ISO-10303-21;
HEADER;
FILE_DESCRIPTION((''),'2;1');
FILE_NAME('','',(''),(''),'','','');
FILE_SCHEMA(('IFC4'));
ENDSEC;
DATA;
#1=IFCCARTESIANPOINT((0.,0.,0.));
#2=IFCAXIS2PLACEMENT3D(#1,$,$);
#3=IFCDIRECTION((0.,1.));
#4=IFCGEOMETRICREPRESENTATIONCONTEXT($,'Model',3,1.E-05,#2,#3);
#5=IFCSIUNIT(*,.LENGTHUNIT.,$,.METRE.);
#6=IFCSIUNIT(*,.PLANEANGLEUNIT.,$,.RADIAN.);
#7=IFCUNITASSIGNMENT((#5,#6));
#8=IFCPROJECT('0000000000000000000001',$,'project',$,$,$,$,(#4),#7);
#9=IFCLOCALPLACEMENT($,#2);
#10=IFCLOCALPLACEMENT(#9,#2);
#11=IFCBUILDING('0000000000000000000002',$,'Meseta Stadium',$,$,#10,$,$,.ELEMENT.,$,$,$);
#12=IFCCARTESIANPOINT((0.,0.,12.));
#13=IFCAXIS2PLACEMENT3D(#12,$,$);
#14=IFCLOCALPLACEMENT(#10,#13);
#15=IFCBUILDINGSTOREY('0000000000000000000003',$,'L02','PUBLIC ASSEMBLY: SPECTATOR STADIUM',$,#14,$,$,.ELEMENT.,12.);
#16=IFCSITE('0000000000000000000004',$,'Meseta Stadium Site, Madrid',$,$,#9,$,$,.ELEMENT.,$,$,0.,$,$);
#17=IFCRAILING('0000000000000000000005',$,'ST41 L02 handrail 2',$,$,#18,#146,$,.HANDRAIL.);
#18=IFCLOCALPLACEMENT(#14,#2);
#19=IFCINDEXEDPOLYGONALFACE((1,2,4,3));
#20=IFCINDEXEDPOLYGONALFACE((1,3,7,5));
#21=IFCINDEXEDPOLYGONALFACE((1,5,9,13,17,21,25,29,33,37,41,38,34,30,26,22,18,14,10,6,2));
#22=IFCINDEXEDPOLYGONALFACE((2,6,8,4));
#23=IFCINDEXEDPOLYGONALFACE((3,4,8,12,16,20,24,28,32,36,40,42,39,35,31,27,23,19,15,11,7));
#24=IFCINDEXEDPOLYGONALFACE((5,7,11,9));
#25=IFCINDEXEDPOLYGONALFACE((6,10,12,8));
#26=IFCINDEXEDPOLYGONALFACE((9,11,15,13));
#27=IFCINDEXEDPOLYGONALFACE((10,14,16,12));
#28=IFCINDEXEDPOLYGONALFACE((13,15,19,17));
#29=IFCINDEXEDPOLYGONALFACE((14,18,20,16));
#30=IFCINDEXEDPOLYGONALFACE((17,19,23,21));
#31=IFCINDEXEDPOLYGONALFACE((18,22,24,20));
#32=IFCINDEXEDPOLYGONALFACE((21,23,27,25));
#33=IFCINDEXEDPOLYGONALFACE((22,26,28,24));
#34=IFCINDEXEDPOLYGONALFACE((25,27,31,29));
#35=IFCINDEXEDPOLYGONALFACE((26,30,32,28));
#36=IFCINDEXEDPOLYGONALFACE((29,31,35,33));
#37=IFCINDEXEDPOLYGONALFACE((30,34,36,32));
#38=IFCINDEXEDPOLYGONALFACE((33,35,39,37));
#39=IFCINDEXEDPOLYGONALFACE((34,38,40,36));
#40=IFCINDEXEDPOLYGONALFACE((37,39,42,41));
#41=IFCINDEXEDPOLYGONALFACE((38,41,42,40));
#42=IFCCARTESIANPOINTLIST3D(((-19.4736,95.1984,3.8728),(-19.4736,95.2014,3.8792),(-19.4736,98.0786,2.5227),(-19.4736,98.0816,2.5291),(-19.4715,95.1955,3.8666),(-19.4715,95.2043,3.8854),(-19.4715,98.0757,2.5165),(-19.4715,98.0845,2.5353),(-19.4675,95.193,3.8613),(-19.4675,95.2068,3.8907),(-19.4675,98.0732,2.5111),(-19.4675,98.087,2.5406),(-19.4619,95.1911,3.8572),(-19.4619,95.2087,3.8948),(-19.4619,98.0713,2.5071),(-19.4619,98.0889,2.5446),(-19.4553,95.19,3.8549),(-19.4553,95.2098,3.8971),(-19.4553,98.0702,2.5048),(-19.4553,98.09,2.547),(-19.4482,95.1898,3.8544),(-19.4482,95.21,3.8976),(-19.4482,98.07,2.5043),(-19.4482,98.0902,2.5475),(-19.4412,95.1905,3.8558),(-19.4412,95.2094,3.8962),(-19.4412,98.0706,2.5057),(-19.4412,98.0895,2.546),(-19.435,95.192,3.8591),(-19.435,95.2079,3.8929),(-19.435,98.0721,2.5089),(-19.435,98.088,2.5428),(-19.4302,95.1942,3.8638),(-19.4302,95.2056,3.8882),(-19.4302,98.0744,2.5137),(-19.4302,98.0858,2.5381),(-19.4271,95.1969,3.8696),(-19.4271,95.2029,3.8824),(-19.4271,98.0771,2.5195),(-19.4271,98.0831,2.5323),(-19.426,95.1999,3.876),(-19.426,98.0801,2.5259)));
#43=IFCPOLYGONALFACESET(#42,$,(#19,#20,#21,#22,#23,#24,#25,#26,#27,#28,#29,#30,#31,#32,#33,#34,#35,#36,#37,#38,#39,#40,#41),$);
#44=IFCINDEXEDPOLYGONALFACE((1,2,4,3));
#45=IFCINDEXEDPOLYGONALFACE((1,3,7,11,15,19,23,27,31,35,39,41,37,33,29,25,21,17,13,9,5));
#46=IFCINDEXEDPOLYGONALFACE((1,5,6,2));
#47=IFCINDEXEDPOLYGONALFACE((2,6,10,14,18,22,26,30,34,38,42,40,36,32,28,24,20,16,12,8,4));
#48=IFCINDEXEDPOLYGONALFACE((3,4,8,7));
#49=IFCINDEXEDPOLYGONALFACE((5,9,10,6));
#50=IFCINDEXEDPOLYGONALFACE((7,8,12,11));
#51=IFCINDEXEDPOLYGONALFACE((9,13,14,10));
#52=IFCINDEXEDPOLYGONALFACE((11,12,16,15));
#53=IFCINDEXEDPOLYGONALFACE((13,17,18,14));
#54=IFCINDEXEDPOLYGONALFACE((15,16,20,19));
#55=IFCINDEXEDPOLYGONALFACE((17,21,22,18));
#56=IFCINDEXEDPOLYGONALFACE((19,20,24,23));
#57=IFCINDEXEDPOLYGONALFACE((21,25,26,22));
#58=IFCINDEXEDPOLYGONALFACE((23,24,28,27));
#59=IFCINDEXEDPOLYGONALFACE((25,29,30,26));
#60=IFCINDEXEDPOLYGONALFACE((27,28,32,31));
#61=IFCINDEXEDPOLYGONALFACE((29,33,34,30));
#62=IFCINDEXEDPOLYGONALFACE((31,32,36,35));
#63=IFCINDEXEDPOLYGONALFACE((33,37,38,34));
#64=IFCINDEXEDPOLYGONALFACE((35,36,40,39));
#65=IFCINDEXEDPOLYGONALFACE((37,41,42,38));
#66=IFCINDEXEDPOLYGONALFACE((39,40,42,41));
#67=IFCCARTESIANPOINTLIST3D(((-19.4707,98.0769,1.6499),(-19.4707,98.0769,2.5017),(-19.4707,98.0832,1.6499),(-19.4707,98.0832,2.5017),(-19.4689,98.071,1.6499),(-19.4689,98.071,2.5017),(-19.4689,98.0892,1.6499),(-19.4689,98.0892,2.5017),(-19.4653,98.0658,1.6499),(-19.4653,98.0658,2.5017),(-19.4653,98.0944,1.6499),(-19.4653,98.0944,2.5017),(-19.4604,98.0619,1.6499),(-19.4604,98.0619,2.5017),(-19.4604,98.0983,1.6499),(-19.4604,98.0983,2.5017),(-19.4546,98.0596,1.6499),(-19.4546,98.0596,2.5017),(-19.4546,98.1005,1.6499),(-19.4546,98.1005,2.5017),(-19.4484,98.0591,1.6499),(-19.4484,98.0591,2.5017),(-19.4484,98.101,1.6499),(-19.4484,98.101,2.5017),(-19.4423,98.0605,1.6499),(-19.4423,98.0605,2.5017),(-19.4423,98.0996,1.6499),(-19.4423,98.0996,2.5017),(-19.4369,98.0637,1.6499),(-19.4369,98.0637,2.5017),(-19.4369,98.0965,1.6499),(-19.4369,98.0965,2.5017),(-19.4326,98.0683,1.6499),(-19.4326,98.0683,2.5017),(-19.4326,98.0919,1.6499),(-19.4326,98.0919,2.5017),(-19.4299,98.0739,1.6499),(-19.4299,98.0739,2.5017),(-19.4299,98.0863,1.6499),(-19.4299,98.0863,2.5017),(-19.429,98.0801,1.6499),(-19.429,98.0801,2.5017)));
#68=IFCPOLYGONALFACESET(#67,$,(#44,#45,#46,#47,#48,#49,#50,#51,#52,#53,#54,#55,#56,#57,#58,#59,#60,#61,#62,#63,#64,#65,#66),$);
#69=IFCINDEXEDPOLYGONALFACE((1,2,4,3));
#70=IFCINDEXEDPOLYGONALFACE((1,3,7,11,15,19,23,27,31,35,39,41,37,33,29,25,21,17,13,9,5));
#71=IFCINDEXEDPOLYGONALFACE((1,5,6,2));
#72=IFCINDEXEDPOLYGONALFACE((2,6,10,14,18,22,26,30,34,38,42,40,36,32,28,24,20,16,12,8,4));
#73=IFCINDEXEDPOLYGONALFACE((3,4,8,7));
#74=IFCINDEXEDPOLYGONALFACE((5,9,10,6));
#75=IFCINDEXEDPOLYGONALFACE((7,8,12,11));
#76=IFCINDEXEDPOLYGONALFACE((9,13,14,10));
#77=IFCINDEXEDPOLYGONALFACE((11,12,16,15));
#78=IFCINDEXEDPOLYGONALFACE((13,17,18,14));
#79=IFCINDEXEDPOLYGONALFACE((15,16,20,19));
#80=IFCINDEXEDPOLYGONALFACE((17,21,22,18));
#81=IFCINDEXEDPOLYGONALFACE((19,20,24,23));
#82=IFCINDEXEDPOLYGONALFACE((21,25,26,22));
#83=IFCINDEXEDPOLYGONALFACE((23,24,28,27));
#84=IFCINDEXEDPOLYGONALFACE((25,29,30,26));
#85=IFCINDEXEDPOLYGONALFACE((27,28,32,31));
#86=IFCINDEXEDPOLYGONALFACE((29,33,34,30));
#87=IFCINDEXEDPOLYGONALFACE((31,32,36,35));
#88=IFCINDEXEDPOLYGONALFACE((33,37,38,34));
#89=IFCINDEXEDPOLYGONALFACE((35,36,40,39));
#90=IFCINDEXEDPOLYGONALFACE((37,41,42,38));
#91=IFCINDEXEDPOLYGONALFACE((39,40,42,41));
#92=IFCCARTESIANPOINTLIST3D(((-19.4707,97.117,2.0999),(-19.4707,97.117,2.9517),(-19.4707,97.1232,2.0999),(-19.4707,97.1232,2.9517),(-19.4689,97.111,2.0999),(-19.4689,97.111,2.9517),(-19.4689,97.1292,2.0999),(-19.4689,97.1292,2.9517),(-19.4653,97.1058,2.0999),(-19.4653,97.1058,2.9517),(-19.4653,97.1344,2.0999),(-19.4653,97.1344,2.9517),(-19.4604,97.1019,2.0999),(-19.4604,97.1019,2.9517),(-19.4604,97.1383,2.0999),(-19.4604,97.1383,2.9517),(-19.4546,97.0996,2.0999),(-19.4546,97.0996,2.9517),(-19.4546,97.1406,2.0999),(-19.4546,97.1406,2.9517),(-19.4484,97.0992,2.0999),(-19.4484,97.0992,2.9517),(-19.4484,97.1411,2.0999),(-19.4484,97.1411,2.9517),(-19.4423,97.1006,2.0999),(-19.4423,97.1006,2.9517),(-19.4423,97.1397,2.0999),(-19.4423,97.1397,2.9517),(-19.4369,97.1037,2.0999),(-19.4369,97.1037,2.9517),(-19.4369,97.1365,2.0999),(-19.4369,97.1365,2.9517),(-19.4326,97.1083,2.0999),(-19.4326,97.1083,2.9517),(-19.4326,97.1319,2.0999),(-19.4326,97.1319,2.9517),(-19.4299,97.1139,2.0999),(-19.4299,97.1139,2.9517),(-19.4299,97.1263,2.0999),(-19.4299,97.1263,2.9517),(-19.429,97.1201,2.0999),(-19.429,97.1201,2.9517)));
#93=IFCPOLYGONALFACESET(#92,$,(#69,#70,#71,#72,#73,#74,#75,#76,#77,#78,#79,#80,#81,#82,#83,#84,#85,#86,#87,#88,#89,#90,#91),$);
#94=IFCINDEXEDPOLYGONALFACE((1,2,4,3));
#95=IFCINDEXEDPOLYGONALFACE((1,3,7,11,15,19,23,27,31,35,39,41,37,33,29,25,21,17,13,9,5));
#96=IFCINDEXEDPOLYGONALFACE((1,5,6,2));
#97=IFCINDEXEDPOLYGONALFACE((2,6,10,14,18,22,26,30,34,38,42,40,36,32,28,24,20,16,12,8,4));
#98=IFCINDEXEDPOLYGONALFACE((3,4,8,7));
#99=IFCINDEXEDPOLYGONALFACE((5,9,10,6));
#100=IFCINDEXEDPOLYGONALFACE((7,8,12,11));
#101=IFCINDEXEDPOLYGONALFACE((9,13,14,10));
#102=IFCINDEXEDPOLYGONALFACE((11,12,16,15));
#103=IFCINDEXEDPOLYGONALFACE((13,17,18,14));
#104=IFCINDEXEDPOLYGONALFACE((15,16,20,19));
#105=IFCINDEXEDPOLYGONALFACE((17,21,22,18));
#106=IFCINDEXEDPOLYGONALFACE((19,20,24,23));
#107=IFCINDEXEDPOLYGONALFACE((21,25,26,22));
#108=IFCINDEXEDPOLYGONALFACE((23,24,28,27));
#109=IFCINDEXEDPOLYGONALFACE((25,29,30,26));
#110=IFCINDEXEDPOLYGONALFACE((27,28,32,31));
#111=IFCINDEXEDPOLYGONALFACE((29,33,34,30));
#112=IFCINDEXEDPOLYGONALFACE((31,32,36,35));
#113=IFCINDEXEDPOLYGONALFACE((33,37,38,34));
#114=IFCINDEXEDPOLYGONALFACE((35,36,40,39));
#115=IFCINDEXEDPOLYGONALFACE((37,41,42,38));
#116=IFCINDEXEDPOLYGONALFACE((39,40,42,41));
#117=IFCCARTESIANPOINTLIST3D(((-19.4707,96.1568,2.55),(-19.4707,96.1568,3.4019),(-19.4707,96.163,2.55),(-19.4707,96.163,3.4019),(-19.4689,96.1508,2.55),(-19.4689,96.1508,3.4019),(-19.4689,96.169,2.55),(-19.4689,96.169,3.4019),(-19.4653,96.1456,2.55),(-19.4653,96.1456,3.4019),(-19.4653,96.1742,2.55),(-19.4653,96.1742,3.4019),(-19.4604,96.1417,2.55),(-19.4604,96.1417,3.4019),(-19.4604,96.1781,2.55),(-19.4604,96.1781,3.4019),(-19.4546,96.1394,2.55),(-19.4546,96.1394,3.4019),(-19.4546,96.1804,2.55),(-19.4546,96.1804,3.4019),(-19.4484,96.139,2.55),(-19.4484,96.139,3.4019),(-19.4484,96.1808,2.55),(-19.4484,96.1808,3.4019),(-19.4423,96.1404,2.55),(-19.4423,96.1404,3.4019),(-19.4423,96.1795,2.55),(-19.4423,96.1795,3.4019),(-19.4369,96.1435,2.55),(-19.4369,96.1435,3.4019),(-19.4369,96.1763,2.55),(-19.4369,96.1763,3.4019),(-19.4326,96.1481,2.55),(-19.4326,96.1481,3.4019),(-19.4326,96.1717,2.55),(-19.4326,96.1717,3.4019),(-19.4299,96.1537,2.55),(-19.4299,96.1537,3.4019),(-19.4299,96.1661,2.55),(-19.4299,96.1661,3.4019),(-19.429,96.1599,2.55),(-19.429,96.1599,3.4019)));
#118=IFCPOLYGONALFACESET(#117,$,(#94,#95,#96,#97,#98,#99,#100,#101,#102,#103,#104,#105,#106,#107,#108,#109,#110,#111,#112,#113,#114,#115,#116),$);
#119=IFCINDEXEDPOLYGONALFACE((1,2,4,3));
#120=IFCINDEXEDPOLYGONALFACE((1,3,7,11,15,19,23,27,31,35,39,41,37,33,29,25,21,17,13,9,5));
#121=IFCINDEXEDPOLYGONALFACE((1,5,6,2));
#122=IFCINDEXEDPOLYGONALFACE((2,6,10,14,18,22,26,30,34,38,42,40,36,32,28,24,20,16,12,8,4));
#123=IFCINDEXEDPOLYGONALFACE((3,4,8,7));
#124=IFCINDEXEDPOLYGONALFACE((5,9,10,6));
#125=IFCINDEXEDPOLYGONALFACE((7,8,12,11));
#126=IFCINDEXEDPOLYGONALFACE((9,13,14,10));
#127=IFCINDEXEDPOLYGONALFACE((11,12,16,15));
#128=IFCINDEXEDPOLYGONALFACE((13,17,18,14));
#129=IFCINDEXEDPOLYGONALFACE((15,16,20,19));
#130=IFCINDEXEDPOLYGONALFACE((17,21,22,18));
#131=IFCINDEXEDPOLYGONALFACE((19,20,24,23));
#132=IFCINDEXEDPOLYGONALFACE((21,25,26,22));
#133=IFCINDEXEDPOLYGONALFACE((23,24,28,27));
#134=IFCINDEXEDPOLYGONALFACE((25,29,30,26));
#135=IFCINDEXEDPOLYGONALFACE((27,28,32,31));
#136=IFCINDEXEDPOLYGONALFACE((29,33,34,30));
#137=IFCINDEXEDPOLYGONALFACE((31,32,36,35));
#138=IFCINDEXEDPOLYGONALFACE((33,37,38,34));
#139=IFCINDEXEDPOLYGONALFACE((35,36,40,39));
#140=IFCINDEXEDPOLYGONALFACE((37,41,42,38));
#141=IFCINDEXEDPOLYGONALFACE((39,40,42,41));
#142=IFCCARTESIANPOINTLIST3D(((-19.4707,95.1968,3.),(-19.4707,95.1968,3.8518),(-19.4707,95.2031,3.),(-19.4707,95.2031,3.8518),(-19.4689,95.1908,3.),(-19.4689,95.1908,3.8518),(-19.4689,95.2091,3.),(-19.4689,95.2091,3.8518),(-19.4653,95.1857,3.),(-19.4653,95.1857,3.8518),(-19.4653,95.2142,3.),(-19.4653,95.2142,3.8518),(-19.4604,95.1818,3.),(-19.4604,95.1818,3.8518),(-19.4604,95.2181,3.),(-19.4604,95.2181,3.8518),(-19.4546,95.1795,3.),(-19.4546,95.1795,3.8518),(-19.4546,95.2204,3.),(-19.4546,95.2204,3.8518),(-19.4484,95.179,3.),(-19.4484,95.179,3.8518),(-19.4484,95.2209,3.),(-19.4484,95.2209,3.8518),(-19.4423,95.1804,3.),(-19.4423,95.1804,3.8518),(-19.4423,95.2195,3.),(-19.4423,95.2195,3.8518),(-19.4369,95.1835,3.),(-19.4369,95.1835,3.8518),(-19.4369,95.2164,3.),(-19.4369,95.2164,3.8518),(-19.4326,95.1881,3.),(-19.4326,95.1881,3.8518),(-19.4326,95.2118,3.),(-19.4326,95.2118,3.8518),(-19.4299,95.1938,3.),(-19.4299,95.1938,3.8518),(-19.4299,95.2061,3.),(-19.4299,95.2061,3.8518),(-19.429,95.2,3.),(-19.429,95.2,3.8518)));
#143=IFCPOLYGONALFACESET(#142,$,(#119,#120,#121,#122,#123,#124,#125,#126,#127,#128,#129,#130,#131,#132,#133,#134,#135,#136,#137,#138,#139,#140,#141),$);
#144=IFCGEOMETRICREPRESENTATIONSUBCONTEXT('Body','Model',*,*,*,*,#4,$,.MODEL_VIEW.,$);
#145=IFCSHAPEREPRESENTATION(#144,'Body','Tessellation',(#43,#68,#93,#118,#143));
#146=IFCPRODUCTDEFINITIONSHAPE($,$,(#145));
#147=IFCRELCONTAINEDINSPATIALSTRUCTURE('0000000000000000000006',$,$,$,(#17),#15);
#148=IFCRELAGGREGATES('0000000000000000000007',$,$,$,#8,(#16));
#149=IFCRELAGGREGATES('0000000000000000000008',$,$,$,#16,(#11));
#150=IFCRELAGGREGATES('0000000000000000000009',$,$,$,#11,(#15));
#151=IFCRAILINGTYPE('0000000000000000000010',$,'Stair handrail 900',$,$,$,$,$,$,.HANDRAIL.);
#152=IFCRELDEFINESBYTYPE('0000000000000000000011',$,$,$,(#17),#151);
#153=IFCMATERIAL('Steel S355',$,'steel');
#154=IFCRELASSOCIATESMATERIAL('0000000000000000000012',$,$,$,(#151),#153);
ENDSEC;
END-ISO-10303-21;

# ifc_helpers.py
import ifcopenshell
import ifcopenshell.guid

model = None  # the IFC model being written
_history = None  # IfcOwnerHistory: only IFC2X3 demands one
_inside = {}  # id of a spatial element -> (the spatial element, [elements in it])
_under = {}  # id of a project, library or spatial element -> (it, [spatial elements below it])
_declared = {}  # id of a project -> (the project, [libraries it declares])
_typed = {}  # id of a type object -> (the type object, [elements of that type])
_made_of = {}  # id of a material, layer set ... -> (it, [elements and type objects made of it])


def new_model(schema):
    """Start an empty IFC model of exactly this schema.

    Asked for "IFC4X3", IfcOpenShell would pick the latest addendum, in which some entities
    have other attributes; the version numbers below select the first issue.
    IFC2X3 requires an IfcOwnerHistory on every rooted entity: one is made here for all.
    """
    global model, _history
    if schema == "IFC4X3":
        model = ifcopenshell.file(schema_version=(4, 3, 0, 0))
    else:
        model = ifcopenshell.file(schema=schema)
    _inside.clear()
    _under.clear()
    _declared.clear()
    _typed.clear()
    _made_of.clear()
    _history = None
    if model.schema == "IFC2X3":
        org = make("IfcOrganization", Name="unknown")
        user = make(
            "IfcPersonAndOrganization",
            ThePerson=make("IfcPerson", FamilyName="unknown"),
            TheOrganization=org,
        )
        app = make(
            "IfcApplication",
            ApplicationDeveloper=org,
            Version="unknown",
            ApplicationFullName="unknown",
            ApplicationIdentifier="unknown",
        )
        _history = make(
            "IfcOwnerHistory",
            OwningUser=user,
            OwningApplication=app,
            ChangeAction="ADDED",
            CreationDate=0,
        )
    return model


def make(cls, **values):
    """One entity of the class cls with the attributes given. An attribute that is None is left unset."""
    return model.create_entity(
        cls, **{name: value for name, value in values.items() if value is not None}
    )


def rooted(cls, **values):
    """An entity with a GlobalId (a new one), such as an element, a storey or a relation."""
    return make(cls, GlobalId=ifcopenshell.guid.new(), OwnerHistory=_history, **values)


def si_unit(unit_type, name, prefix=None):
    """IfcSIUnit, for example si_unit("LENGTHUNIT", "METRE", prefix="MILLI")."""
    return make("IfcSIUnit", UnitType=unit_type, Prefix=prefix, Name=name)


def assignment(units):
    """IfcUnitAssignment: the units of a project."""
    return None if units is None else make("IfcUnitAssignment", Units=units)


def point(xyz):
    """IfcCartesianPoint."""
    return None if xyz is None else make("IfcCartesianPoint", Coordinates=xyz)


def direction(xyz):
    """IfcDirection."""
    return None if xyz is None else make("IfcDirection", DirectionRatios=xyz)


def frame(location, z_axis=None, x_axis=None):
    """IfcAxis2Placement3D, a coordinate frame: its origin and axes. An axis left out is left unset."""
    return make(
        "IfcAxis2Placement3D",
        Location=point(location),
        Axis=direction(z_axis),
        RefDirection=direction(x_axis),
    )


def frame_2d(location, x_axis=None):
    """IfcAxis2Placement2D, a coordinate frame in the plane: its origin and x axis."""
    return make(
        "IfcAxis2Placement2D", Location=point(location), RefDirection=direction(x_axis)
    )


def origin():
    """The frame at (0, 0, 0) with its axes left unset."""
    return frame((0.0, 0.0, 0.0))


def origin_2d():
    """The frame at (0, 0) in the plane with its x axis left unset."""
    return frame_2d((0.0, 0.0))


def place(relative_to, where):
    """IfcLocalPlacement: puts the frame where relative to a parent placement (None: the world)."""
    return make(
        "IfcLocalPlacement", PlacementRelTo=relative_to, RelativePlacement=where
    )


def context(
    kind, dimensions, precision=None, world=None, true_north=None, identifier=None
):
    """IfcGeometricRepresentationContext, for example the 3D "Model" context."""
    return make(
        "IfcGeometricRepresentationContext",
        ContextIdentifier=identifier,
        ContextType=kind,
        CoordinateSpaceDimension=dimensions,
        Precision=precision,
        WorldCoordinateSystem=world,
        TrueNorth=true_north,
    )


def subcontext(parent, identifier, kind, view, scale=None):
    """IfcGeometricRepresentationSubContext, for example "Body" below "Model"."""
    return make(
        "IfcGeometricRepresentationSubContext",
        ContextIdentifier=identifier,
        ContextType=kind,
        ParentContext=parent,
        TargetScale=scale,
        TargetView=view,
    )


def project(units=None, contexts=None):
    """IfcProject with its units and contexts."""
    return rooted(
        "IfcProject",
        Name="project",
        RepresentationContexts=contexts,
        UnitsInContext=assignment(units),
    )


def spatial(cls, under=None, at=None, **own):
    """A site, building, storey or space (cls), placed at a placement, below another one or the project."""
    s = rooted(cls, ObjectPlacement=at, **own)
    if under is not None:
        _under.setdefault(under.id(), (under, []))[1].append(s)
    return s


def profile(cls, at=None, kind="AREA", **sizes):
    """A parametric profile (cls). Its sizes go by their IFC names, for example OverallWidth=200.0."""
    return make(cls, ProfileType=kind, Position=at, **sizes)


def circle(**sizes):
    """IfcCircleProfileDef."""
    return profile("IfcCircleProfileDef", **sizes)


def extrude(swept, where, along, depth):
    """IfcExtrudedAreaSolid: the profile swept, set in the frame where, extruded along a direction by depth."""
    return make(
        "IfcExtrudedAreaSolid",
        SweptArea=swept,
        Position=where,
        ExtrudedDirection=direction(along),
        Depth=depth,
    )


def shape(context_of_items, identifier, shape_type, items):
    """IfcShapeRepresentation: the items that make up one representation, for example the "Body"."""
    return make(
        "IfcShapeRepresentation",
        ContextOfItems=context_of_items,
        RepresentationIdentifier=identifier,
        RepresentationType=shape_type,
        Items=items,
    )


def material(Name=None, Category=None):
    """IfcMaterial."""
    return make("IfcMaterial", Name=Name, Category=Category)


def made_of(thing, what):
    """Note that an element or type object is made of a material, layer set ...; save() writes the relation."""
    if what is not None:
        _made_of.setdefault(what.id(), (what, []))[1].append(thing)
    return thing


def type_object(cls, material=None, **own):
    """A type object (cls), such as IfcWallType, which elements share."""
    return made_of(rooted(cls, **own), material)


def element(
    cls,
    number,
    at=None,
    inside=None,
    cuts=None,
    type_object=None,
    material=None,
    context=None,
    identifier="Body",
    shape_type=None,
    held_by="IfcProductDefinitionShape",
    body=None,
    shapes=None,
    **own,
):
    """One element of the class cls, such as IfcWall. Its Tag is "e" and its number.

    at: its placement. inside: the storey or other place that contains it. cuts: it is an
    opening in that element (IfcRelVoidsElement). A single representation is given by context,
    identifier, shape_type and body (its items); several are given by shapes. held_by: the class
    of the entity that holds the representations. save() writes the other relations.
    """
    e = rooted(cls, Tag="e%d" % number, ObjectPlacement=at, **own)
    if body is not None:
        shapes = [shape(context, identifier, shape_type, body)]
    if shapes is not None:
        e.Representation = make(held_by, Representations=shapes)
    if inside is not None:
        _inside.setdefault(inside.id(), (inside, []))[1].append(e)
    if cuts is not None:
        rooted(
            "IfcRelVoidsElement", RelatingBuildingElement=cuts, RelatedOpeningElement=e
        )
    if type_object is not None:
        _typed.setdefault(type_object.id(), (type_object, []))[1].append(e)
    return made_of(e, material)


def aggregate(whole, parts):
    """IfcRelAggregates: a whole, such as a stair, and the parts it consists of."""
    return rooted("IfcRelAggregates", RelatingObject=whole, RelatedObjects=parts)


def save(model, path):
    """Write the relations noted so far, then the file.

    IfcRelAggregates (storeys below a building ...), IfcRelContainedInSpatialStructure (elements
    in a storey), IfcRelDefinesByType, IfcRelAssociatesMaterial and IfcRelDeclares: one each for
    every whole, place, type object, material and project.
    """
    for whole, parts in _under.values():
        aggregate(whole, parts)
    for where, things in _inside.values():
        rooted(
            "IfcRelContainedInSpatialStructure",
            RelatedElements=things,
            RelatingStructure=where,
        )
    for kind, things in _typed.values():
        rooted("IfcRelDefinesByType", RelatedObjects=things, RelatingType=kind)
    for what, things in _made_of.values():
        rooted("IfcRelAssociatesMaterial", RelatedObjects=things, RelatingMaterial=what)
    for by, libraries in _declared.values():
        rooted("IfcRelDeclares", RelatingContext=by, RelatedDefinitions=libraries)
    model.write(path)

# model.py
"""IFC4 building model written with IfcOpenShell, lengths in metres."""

from ifc_helpers import new_model, si_unit, direction, frame, origin, origin_2d, place, context, subcontext, project, spatial, circle, extrude, material, type_object, element, save


model = new_model("IFC4")

# Units and contexts
model_context = context("Model", 3, precision=1e-05, world=origin(), true_north=direction((0.0, 1.0)))
body_context = subcontext(model_context, "Body", "Model", "MODEL_VIEW")
ifc_project = project(units=[si_unit("LENGTHUNIT", "METRE"), si_unit("PLANEANGLEUNIT", "RADIAN")], contexts=[model_context])

# Site, building, storey
site_placement = place(None, origin())
site = spatial("IfcSite", under=ifc_project, at=site_placement, Name="Meseta Stadium Site, Madrid", CompositionType="ELEMENT", RefElevation=0.0)
building_placement = place(site_placement, origin())
building = spatial("IfcBuilding", under=site, at=building_placement, Name="Meseta Stadium", CompositionType="ELEMENT")
storey_placement = place(building_placement, frame((0.0, 0.0, 12.0)))
storey = spatial("IfcBuildingStorey", under=building, at=storey_placement, Name="L02", Description="PUBLIC ASSEMBLY: SPECTATOR STADIUM", CompositionType="ELEMENT", Elevation=12.0)

# Railing
ifc_material_1 = material(Name="Steel S355", Category="steel")
railing_type_1 = type_object("IfcRailingType", Name="Stair handrail 900", PredefinedType="HANDRAIL", material=ifc_material_1)
for number, where, name in (
    (1, (-19.45, 98.0801, 1.6499), "ST41 L02 handrail 2"),
):
    element("IfcRailing", number, at=place(storey_placement, frame(where)), inside=storey, type_object=railing_type_1, Name=name, PredefinedType="HANDRAIL", context=body_context, shape_type="SweptSolid", body=[
        extrude(circle(Radius=0.0239, at=origin_2d()), frame((0.0, 0.0, 0.876), z_axis=(0.0, -0.905454, 0.424444), x_axis=(1.0, 0.0, 0.0)), (0.0, 0.0, 1.0), 3.1809),
        extrude(circle(Radius=0.021, at=origin_2d()), origin(), (0.0, 0.0, 1.0), 0.8518),
        extrude(circle(Radius=0.021, at=origin_2d()), frame((0.0, -0.96, 0.45)), (0.0, 0.0, 1.0), 0.8518),
        extrude(circle(Radius=0.021, at=origin_2d()), frame((0.0, -1.9202, 0.9001)), (0.0, 0.0, 1.0), 0.8518),
        extrude(circle(Radius=0.021, at=origin_2d()), frame((0.0, -2.8801, 1.3501)), (0.0, 0.0, 1.0), 0.8518),
    ])

save(model, "model.ifc")
